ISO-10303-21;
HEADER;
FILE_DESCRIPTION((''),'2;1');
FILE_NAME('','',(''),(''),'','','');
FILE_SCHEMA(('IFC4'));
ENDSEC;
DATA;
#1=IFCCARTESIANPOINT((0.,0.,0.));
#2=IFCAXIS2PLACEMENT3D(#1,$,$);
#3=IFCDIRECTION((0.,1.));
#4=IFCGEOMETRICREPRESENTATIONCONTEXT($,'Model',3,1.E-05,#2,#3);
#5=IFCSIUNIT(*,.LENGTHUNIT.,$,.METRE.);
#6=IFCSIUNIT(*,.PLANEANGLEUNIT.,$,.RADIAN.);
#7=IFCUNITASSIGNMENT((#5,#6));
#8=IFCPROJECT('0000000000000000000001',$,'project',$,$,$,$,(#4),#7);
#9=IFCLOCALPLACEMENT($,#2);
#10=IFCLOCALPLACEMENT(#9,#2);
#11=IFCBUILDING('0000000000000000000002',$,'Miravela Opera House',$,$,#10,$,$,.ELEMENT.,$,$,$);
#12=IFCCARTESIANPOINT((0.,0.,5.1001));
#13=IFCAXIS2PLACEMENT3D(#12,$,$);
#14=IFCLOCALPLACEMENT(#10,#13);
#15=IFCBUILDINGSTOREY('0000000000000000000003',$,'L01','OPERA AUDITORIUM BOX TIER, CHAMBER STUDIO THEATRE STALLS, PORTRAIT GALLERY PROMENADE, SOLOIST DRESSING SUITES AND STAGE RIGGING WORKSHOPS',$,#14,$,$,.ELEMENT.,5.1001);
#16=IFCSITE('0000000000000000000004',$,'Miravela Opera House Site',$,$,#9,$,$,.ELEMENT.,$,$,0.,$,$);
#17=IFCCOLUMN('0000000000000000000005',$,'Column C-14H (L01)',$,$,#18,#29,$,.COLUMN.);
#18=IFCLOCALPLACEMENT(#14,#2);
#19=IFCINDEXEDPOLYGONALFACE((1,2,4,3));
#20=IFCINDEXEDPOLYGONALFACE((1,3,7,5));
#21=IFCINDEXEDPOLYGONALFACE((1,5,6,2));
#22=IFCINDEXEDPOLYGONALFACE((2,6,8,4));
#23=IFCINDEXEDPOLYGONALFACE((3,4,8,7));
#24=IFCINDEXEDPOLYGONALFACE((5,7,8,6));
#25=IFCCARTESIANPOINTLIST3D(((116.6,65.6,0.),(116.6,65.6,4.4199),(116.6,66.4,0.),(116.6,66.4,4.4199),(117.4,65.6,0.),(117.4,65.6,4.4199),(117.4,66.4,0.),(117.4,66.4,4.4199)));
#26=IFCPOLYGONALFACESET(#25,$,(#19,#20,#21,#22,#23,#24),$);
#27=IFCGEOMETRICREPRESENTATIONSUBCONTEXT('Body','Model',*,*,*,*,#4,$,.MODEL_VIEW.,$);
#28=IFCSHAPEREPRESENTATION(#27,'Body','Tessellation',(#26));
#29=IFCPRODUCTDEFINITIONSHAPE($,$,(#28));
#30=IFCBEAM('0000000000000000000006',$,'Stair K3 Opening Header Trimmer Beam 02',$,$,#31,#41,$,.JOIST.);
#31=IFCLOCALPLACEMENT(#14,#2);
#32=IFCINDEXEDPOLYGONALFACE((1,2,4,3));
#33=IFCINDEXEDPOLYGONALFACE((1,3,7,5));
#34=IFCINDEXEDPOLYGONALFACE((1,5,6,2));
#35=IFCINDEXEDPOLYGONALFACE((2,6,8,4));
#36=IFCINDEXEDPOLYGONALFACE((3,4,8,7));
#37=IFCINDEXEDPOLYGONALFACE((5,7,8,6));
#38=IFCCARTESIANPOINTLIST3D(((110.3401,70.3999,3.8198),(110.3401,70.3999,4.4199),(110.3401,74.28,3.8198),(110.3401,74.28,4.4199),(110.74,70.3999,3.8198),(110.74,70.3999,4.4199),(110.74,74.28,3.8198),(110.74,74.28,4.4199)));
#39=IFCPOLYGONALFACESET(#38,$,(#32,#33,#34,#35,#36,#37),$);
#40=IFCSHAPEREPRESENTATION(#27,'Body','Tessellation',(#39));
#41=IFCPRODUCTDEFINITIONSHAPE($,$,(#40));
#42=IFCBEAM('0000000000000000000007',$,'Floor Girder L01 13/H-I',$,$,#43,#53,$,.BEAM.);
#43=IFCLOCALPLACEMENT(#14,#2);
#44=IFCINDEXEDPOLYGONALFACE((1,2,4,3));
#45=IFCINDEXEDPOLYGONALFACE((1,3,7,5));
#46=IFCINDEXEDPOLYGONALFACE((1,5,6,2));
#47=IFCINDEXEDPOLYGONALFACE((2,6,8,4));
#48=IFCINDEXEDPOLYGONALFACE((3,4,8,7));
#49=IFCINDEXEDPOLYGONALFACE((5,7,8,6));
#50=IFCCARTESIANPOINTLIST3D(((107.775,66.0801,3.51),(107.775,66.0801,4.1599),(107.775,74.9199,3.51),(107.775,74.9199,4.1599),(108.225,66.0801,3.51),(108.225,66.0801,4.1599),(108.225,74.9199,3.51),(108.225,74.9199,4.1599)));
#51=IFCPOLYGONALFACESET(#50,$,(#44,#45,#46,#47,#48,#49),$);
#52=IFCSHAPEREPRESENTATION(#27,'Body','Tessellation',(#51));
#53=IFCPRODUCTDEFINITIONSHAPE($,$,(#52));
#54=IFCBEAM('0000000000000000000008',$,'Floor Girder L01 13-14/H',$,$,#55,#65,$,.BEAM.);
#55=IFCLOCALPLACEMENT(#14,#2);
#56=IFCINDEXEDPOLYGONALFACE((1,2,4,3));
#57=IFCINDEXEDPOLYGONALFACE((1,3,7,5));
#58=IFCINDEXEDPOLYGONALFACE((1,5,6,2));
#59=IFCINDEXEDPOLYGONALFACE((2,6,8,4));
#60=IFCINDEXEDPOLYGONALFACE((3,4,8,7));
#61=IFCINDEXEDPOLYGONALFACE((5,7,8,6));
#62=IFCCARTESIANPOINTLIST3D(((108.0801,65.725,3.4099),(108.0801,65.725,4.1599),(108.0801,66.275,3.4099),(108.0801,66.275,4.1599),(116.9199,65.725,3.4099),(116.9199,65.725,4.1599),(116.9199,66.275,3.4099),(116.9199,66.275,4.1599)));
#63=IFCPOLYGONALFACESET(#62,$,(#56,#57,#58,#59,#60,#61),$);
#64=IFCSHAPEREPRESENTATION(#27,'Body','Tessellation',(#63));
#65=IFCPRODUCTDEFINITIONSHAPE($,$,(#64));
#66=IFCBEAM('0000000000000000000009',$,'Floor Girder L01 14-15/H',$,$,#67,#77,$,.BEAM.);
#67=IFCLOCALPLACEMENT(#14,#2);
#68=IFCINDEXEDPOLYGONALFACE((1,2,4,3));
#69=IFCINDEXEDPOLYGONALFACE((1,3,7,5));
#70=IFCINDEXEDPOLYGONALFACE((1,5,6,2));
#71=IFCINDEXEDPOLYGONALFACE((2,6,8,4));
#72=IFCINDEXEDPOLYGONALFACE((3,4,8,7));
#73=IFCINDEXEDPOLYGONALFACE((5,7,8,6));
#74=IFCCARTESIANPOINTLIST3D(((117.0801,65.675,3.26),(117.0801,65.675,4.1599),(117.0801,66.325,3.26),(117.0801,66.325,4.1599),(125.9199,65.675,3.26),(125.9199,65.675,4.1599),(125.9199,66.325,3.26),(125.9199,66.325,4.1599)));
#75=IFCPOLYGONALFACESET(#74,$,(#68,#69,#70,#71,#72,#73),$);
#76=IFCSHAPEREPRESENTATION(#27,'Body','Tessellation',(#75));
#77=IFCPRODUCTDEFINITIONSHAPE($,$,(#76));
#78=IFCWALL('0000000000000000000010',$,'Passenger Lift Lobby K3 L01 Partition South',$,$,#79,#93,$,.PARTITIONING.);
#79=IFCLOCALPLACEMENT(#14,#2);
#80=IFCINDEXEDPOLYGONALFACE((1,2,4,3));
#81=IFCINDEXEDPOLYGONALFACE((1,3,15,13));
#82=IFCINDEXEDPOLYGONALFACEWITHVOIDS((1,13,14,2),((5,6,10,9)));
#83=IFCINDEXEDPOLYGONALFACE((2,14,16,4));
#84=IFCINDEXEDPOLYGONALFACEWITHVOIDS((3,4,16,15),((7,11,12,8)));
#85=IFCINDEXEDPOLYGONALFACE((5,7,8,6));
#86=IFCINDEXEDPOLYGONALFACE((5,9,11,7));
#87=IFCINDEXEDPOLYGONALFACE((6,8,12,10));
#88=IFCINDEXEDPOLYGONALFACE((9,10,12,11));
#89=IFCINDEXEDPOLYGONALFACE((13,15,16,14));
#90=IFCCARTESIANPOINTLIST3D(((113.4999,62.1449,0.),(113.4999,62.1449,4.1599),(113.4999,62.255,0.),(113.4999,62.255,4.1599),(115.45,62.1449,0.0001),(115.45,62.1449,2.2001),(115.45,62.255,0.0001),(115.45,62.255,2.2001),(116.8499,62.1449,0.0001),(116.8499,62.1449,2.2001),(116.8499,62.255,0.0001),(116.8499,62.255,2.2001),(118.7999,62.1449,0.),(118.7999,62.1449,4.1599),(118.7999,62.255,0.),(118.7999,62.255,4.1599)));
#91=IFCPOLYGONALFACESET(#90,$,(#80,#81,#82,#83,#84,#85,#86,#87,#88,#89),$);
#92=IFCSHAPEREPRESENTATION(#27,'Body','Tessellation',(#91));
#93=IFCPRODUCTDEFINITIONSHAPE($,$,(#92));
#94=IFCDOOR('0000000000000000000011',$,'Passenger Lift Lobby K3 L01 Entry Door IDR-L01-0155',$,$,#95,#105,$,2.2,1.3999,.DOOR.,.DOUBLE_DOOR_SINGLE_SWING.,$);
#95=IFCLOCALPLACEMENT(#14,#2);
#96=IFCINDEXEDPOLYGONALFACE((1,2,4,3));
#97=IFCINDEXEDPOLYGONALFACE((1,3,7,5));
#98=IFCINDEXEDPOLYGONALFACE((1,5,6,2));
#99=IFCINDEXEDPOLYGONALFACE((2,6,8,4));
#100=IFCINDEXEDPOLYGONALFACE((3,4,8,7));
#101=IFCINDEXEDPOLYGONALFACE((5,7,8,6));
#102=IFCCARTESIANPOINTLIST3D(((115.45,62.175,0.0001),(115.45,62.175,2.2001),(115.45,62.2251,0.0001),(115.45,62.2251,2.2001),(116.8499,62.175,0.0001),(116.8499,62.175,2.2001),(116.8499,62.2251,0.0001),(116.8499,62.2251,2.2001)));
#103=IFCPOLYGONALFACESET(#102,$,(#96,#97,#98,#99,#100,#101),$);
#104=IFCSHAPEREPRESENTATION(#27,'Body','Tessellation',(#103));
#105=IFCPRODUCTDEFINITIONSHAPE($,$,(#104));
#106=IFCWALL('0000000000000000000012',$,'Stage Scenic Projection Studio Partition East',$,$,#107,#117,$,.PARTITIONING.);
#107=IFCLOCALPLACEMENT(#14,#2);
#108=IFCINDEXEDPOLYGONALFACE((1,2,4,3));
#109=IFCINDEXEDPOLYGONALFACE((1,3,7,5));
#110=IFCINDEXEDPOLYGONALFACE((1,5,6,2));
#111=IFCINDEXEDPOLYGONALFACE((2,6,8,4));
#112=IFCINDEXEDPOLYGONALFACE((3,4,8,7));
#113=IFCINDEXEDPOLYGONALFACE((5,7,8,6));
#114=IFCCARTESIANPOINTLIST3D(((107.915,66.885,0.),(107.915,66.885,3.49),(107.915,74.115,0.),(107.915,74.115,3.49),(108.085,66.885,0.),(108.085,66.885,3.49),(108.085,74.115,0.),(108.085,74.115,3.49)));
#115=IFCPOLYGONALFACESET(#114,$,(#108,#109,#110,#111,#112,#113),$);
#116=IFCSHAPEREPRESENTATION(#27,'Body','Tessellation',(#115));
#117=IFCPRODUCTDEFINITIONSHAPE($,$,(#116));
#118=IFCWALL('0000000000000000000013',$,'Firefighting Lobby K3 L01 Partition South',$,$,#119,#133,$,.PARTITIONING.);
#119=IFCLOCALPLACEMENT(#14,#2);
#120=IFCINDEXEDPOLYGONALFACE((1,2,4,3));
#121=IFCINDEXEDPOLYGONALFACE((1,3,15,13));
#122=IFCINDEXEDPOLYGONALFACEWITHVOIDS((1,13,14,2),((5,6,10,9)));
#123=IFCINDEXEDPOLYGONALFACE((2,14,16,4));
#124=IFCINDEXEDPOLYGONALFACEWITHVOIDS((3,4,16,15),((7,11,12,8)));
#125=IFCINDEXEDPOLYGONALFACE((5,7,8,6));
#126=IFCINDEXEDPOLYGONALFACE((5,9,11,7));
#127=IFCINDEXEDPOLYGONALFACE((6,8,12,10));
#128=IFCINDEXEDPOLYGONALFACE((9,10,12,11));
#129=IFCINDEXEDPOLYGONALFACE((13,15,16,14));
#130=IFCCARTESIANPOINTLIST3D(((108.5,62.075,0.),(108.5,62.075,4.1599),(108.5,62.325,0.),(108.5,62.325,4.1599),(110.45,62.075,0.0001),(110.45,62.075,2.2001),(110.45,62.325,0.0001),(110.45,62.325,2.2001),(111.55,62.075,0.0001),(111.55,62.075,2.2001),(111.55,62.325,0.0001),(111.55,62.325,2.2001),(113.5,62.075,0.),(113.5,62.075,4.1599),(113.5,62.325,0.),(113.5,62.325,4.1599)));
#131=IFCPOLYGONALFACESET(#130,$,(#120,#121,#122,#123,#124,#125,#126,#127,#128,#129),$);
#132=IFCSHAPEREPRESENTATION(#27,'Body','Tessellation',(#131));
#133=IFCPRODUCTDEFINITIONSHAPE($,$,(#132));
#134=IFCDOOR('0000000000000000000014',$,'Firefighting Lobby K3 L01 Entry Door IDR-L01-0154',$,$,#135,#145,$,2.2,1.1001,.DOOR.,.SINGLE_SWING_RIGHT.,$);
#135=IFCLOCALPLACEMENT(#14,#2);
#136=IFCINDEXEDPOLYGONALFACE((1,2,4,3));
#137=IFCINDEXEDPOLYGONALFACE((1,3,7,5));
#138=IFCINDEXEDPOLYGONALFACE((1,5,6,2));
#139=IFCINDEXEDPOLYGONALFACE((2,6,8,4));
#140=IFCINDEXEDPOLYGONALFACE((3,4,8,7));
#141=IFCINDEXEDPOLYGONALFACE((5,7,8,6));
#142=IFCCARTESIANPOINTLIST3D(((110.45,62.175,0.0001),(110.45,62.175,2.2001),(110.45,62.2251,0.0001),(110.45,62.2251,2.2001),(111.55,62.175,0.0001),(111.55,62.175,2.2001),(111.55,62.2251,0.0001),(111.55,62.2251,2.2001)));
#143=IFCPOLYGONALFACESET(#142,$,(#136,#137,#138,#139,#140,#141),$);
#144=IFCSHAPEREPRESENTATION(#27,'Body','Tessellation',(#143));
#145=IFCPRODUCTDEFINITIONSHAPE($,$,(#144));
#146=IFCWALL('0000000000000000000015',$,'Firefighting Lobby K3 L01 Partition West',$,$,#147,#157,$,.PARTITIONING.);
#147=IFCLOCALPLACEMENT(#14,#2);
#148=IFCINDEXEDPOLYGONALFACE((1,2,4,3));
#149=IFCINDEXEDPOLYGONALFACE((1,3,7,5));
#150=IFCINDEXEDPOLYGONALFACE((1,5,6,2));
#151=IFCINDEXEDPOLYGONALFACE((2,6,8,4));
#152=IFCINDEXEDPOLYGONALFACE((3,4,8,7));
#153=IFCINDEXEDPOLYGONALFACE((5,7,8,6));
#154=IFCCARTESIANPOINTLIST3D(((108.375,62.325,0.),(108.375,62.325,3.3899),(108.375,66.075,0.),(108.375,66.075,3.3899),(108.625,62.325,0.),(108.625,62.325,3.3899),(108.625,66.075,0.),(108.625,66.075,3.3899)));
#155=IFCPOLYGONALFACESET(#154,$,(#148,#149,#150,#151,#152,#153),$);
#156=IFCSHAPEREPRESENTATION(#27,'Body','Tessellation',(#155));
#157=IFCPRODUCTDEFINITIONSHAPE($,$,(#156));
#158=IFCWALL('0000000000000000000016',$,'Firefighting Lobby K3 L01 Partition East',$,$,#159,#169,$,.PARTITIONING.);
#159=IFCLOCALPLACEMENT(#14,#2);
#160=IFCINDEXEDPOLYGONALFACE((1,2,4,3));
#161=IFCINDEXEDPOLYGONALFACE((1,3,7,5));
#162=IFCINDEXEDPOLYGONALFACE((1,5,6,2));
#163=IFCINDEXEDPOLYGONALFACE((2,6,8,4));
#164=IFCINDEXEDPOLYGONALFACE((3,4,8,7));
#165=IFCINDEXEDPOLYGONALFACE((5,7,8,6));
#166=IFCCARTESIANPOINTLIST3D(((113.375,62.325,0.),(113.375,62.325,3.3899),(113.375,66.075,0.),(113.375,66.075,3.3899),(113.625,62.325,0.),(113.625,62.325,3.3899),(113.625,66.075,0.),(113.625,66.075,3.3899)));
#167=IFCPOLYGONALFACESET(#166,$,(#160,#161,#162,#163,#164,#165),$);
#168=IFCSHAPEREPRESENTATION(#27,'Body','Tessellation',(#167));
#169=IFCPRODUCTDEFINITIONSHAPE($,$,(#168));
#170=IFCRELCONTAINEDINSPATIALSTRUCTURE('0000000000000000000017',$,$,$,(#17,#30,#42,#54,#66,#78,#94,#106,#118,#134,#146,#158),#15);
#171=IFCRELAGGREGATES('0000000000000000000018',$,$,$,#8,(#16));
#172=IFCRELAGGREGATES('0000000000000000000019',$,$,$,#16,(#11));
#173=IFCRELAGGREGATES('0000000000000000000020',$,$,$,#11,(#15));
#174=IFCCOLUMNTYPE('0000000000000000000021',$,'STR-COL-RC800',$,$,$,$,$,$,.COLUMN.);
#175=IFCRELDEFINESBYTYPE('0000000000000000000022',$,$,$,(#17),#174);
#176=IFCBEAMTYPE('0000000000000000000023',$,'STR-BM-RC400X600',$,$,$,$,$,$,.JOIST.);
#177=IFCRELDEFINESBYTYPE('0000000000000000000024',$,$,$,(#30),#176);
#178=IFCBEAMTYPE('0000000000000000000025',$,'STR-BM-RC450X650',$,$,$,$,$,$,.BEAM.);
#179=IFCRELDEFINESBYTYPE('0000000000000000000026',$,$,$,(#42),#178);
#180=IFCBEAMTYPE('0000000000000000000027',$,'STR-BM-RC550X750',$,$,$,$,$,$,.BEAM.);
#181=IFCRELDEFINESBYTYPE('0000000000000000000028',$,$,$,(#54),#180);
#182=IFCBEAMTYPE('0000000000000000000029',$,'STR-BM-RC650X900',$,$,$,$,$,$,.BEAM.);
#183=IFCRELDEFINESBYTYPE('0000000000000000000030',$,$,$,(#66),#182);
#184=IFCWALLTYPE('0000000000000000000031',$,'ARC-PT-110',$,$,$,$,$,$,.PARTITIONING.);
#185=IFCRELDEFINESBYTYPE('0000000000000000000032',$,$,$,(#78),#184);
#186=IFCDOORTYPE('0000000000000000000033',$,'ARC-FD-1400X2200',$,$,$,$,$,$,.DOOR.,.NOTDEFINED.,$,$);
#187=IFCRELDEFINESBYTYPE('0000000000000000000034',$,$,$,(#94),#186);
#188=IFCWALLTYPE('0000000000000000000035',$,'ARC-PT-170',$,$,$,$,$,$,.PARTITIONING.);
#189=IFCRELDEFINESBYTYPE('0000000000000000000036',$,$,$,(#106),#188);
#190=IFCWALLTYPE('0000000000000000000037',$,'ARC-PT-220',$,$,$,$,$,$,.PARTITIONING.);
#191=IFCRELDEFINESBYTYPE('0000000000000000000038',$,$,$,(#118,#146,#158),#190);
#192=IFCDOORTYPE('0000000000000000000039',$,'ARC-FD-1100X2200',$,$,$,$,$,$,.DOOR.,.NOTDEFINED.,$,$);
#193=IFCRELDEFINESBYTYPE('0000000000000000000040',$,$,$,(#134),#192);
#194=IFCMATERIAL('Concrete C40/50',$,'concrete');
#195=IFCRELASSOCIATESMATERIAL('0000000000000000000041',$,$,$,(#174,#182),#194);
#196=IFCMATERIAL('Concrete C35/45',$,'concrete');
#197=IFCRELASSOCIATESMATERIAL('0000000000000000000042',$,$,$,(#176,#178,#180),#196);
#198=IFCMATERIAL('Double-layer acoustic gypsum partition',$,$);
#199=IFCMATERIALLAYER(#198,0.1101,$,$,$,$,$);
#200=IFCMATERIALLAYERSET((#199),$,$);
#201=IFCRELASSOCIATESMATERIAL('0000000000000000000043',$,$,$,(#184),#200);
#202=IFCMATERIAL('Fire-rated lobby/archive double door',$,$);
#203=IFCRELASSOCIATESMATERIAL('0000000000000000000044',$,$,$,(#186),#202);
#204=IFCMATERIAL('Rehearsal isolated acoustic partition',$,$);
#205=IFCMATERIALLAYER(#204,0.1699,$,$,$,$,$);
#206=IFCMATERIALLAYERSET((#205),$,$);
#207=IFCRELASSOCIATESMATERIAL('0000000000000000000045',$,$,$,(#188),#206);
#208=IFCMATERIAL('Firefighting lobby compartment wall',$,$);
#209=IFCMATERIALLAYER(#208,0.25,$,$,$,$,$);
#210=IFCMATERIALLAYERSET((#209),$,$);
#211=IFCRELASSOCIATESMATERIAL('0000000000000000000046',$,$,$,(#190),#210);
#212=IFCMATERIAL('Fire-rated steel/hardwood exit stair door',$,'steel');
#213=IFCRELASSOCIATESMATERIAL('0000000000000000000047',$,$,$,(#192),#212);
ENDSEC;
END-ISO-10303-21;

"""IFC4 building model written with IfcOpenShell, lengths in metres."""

from ifc_helpers import new_model, si_unit, direction, frame, frame_2d, origin, origin_2d, place, context, subcontext, project, spatial, rectangle, extrude, material, layer, layer_set, material_profile, profile_set, type_object, element, fill, save


model = new_model("IFC4")

# Units and contexts
model_context = context("Model", 3, precision=1e-05, world=origin(), true_north=direction((0.0, 1.0)))
body_context = subcontext(model_context, "Body", "Model", "MODEL_VIEW")
ifc_project = project(units=[si_unit("LENGTHUNIT", "METRE"), si_unit("PLANEANGLEUNIT", "RADIAN")], contexts=[model_context])

# Site, building, storey
site_placement = place(None, origin())
site = spatial("IfcSite", under=ifc_project, at=site_placement, Name="Miravela Opera House Site", CompositionType="ELEMENT", RefElevation=0.0)
building_placement = place(site_placement, origin())
building = spatial("IfcBuilding", under=site, at=building_placement, Name="Miravela Opera House", CompositionType="ELEMENT")
storey_placement = place(building_placement, frame((0.0, 0.0, 5.1001)))
storey = spatial("IfcBuildingStorey", under=building, at=storey_placement, Name="L01", Description="OPERA AUDITORIUM BOX TIER, CHAMBER STUDIO THEATRE STALLS, PORTRAIT GALLERY PROMENADE, SOLOIST DRESSING SUITES AND STAGE RIGGING WORKSHOPS", CompositionType="ELEMENT", Elevation=5.1001)

# Column
ifc_material_1 = material(Name="Concrete C40/50", Category="concrete")
ifc_material_profile_1 = material_profile(ifc_material_1, rectangle(XDim=0.8, YDim=0.8, at=origin_2d()), Name="RC-COL-800X800")
ifc_profile_set_1 = profile_set([ifc_material_profile_1])
column_type_1 = type_object("IfcColumnType", Name="STR-COL-RC800", PredefinedType="COLUMN", material=ifc_profile_set_1)
column_placement = place(storey_placement, frame((117.0, 66.0, 0.0), z_axis=(0.0, 0.0, 1.0), x_axis=(1.0, 0.0, 0.0)))
element("IfcColumn", 1, at=column_placement, inside=storey, type_object=column_type_1, Name="Column C-14H (L01)", PredefinedType="COLUMN", context=body_context, shape_type="SweptSolid", body=[
    extrude(rectangle(XDim=0.8, YDim=0.8, at=origin_2d()), origin(), (0.0, 0.0, 1.0), 4.4199),
])

# Beams
ifc_material_2 = material(Name="Concrete C35/45", Category="concrete")
ifc_material_profile_2 = material_profile(ifc_material_2, rectangle(XDim=0.3999, YDim=0.6001, at=origin_2d()), Name="RC-BM-400X600")
ifc_profile_set_2 = profile_set([ifc_material_profile_2])
beam_type_1 = type_object("IfcBeamType", Name="STR-BM-RC400X600", PredefinedType="JOIST", material=ifc_profile_set_2)
beam_1_placement = place(storey_placement, frame((110.54, 70.3999, 4.1199), z_axis=(0.0, 1.0, 0.0), x_axis=(-1.0, 0.0, 0.0)))
element("IfcBeam", 2, at=beam_1_placement, inside=storey, type_object=beam_type_1, Name="Stair K3 Opening Header Trimmer Beam 02", PredefinedType="JOIST", context=body_context, shape_type="SweptSolid", body=[
    extrude(rectangle(XDim=0.3999, YDim=0.6001, at=origin_2d()), origin(), (0.0, 0.0, 1.0), 3.8801),
])
ifc_material_profile_3 = material_profile(ifc_material_2, rectangle(XDim=0.45, YDim=0.6499, at=origin_2d()), Name="RC-BM-450X650")
ifc_profile_set_3 = profile_set([ifc_material_profile_3])
beam_type_2 = type_object("IfcBeamType", Name="STR-BM-RC450X650", PredefinedType="BEAM", material=ifc_profile_set_3)
beam_2_placement = place(storey_placement, frame((108.0, 66.0801, 3.835), z_axis=(0.0, 1.0, 0.0), x_axis=(-1.0, 0.0, 0.0)))
element("IfcBeam", 3, at=beam_2_placement, inside=storey, type_object=beam_type_2, Name="Floor Girder L01 13/H-I", PredefinedType="BEAM", context=body_context, shape_type="SweptSolid", body=[
    extrude(rectangle(XDim=0.45, YDim=0.6499, at=origin_2d()), origin(), (0.0, 0.0, 1.0), 8.8398),
])
ifc_material_profile_4 = material_profile(ifc_material_2, rectangle(XDim=0.55, YDim=0.75, at=origin_2d()), Name="RC-BM-550X750")
ifc_profile_set_4 = profile_set([ifc_material_profile_4])
beam_type_3 = type_object("IfcBeamType", Name="STR-BM-RC550X750", PredefinedType="BEAM", material=ifc_profile_set_4)
beam_3_placement = place(storey_placement, frame((108.0801, 66.0, 3.7849), z_axis=(1.0, 0.0, 0.0), x_axis=(0.0, 1.0, 0.0)))
element("IfcBeam", 4, at=beam_3_placement, inside=storey, type_object=beam_type_3, Name="Floor Girder L01 13-14/H", PredefinedType="BEAM", context=body_context, shape_type="SweptSolid", body=[
    extrude(rectangle(XDim=0.55, YDim=0.75, at=origin_2d()), origin(), (0.0, 0.0, 1.0), 8.8398),
])
ifc_material_profile_5 = material_profile(ifc_material_1, rectangle(XDim=0.6499, YDim=0.8999, at=origin_2d()), Name="RC-BM-650X900")
ifc_profile_set_5 = profile_set([ifc_material_profile_5])
beam_type_4 = type_object("IfcBeamType", Name="STR-BM-RC650X900", PredefinedType="BEAM", material=ifc_profile_set_5)
beam_4_placement = place(storey_placement, frame((117.0801, 66.0, 3.71), z_axis=(1.0, 0.0, 0.0), x_axis=(0.0, 1.0, 0.0)))
element("IfcBeam", 5, at=beam_4_placement, inside=storey, type_object=beam_type_4, Name="Floor Girder L01 14-15/H", PredefinedType="BEAM", context=body_context, shape_type="SweptSolid", body=[
    extrude(rectangle(XDim=0.6499, YDim=0.8999, at=origin_2d()), origin(), (0.0, 0.0, 1.0), 8.8398),
])

# Wall, opening, door
ifc_material_3 = material(Name="Double-layer acoustic gypsum partition")
ifc_layer_1 = layer(ifc_material_3, 0.1101)
ifc_layer_set_1 = layer_set([ifc_layer_1])
wall_type_1 = type_object("IfcWallType", Name="ARC-PT-110", PredefinedType="PARTITIONING", material=ifc_layer_set_1)
wall_1_placement = place(storey_placement, frame((113.5, 62.2, 0.0), z_axis=(0.0, 0.0, 1.0), x_axis=(1.0, 0.0, 0.0)))
wall_1 = element("IfcWall", 6, at=wall_1_placement, inside=storey, type_object=wall_type_1, Name="Passenger Lift Lobby K3 L01 Partition South", PredefinedType="PARTITIONING", context=body_context, shape_type="SweptSolid", body=[
    extrude(rectangle(XDim=5.3, YDim=0.1101, at=frame_2d((2.6499, 0.0))), origin(), (0.0, 0.0, 1.0), 4.1599),
])
opening_1_placement = place(wall_1_placement, frame((1.95, 0.0, 0.0)))
opening_1 = element("IfcOpeningElement", 7, at=opening_1_placement, cuts=wall_1, PredefinedType="OPENING", context=body_context, shape_type="SweptSolid", body=[
    extrude(rectangle(XDim=1.3999, YDim=2.2, at=frame_2d((0.7, 1.1001))), frame((0.0, 0.0649, 0.0), z_axis=(0.0, -1.0, 0.0), x_axis=(1.0, 0.0, 0.0)), (0.0, 0.0, 1.0), 0.1301),
])
ifc_material_4 = material(Name="Fire-rated lobby/archive double door")
door_type_1 = type_object("IfcDoorType", Name="ARC-FD-1400X2200", OperationType="NOTDEFINED", PredefinedType="DOOR", material=ifc_material_4)
door_1_placement = place(opening_1_placement, frame((1.3999, 0.0, 0.0), z_axis=(0.0, 0.0, 1.0), x_axis=(-1.0, 0.0, 0.0)))
door_1 = element("IfcDoor", 8, at=door_1_placement, inside=storey, type_object=door_type_1, Name="Passenger Lift Lobby K3 L01 Entry Door IDR-L01-0155", OperationType="DOUBLE_DOOR_SINGLE_SWING", OverallHeight=2.2, OverallWidth=1.3999, PredefinedType="DOOR", context=body_context, shape_type="SweptSolid", body=[
    extrude(rectangle(XDim=1.3999, YDim=2.2, at=frame_2d((0.7, 1.1001))), frame((0.0, 0.0249, 0.0), z_axis=(0.0, -1.0, 0.0), x_axis=(1.0, 0.0, 0.0)), (0.0, 0.0, 1.0), 0.05),
])
fill(opening_1, door_1)

# Wall
ifc_material_5 = material(Name="Rehearsal isolated acoustic partition")
ifc_layer_2 = layer(ifc_material_5, 0.1699)
ifc_layer_set_2 = layer_set([ifc_layer_2])
wall_type_2 = type_object("IfcWallType", Name="ARC-PT-170", PredefinedType="PARTITIONING", material=ifc_layer_set_2)
wall_2_placement = place(storey_placement, frame((108.0, 66.885, 0.0), z_axis=(0.0, 0.0, 1.0), x_axis=(0.0, 1.0, 0.0)))
element("IfcWall", 9, at=wall_2_placement, inside=storey, type_object=wall_type_2, Name="Stage Scenic Projection Studio Partition East", PredefinedType="PARTITIONING", context=body_context, shape_type="SweptSolid", body=[
    extrude(rectangle(XDim=7.23, YDim=0.1699, at=frame_2d((3.615, 0.0))), origin(), (0.0, 0.0, 1.0), 3.49),
])

# Wall, opening, door
ifc_material_6 = material(Name="Firefighting lobby compartment wall")
ifc_layer_3 = layer(ifc_material_6, 0.25)
ifc_layer_set_3 = layer_set([ifc_layer_3])
wall_type_3 = type_object("IfcWallType", Name="ARC-PT-220", PredefinedType="PARTITIONING", material=ifc_layer_set_3)
wall_3_placement = place(storey_placement, frame((108.5, 62.2, 0.0), z_axis=(0.0, 0.0, 1.0), x_axis=(1.0, 0.0, 0.0)))
wall_3 = element("IfcWall", 10, at=wall_3_placement, inside=storey, type_object=wall_type_3, Name="Firefighting Lobby K3 L01 Partition South", PredefinedType="PARTITIONING", context=body_context, shape_type="SweptSolid", body=[
    extrude(rectangle(XDim=5.0, YDim=0.25, at=frame_2d((2.5, 0.0))), origin(), (0.0, 0.0, 1.0), 4.1599),
])
opening_2_placement = place(wall_3_placement, frame((1.95, 0.0, 0.0)))
opening_2 = element("IfcOpeningElement", 11, at=opening_2_placement, cuts=wall_3, PredefinedType="OPENING", context=body_context, shape_type="SweptSolid", body=[
    extrude(rectangle(XDim=1.1001, YDim=2.2, at=frame_2d((0.55, 1.1001))), frame((0.0, 0.135, 0.0), z_axis=(0.0, -1.0, 0.0), x_axis=(1.0, 0.0, 0.0)), (0.0, 0.0, 1.0), 0.27),
])
ifc_material_7 = material(Name="Fire-rated steel/hardwood exit stair door", Category="steel")
door_type_2 = type_object("IfcDoorType", Name="ARC-FD-1100X2200", OperationType="NOTDEFINED", PredefinedType="DOOR", material=ifc_material_7)
door_2_placement = place(opening_2_placement, frame((1.1001, 0.0, 0.0), z_axis=(0.0, 0.0, 1.0), x_axis=(-1.0, 0.0, 0.0)))
door_2 = element("IfcDoor", 12, at=door_2_placement, inside=storey, type_object=door_type_2, Name="Firefighting Lobby K3 L01 Entry Door IDR-L01-0154", OperationType="SINGLE_SWING_RIGHT", OverallHeight=2.2, OverallWidth=1.1001, PredefinedType="DOOR", context=body_context, shape_type="SweptSolid", body=[
    extrude(rectangle(XDim=1.1001, YDim=2.2, at=frame_2d((0.55, 1.1001))), frame((0.0, 0.0249, 0.0), z_axis=(0.0, -1.0, 0.0), x_axis=(1.0, 0.0, 0.0)), (0.0, 0.0, 1.0), 0.05),
])
fill(opening_2, door_2)

# Walls
for number, where, z_axis, x_axis, name in (
    (13, (108.5, 62.325, 0.0), (0.0, 0.0, 1.0), (0.0, 1.0, 0.0), "Firefighting Lobby K3 L01 Partition West"),
    (14, (113.5, 62.325, 0.0), (0.0, 0.0, 1.0), (0.0, 1.0, 0.0), "Firefighting Lobby K3 L01 Partition East"),
):
    element("IfcWall", number, at=place(storey_placement, frame(where, z_axis=z_axis, x_axis=x_axis)), inside=storey, type_object=wall_type_3, Name=name, PredefinedType="PARTITIONING", context=body_context, shape_type="SweptSolid", body=[
        extrude(rectangle(XDim=3.75, YDim=0.25, at=frame_2d((1.875, 0.0))), origin(), (0.0, 0.0, 1.0), 3.3899),
    ])

save(model, "model.ifc")
